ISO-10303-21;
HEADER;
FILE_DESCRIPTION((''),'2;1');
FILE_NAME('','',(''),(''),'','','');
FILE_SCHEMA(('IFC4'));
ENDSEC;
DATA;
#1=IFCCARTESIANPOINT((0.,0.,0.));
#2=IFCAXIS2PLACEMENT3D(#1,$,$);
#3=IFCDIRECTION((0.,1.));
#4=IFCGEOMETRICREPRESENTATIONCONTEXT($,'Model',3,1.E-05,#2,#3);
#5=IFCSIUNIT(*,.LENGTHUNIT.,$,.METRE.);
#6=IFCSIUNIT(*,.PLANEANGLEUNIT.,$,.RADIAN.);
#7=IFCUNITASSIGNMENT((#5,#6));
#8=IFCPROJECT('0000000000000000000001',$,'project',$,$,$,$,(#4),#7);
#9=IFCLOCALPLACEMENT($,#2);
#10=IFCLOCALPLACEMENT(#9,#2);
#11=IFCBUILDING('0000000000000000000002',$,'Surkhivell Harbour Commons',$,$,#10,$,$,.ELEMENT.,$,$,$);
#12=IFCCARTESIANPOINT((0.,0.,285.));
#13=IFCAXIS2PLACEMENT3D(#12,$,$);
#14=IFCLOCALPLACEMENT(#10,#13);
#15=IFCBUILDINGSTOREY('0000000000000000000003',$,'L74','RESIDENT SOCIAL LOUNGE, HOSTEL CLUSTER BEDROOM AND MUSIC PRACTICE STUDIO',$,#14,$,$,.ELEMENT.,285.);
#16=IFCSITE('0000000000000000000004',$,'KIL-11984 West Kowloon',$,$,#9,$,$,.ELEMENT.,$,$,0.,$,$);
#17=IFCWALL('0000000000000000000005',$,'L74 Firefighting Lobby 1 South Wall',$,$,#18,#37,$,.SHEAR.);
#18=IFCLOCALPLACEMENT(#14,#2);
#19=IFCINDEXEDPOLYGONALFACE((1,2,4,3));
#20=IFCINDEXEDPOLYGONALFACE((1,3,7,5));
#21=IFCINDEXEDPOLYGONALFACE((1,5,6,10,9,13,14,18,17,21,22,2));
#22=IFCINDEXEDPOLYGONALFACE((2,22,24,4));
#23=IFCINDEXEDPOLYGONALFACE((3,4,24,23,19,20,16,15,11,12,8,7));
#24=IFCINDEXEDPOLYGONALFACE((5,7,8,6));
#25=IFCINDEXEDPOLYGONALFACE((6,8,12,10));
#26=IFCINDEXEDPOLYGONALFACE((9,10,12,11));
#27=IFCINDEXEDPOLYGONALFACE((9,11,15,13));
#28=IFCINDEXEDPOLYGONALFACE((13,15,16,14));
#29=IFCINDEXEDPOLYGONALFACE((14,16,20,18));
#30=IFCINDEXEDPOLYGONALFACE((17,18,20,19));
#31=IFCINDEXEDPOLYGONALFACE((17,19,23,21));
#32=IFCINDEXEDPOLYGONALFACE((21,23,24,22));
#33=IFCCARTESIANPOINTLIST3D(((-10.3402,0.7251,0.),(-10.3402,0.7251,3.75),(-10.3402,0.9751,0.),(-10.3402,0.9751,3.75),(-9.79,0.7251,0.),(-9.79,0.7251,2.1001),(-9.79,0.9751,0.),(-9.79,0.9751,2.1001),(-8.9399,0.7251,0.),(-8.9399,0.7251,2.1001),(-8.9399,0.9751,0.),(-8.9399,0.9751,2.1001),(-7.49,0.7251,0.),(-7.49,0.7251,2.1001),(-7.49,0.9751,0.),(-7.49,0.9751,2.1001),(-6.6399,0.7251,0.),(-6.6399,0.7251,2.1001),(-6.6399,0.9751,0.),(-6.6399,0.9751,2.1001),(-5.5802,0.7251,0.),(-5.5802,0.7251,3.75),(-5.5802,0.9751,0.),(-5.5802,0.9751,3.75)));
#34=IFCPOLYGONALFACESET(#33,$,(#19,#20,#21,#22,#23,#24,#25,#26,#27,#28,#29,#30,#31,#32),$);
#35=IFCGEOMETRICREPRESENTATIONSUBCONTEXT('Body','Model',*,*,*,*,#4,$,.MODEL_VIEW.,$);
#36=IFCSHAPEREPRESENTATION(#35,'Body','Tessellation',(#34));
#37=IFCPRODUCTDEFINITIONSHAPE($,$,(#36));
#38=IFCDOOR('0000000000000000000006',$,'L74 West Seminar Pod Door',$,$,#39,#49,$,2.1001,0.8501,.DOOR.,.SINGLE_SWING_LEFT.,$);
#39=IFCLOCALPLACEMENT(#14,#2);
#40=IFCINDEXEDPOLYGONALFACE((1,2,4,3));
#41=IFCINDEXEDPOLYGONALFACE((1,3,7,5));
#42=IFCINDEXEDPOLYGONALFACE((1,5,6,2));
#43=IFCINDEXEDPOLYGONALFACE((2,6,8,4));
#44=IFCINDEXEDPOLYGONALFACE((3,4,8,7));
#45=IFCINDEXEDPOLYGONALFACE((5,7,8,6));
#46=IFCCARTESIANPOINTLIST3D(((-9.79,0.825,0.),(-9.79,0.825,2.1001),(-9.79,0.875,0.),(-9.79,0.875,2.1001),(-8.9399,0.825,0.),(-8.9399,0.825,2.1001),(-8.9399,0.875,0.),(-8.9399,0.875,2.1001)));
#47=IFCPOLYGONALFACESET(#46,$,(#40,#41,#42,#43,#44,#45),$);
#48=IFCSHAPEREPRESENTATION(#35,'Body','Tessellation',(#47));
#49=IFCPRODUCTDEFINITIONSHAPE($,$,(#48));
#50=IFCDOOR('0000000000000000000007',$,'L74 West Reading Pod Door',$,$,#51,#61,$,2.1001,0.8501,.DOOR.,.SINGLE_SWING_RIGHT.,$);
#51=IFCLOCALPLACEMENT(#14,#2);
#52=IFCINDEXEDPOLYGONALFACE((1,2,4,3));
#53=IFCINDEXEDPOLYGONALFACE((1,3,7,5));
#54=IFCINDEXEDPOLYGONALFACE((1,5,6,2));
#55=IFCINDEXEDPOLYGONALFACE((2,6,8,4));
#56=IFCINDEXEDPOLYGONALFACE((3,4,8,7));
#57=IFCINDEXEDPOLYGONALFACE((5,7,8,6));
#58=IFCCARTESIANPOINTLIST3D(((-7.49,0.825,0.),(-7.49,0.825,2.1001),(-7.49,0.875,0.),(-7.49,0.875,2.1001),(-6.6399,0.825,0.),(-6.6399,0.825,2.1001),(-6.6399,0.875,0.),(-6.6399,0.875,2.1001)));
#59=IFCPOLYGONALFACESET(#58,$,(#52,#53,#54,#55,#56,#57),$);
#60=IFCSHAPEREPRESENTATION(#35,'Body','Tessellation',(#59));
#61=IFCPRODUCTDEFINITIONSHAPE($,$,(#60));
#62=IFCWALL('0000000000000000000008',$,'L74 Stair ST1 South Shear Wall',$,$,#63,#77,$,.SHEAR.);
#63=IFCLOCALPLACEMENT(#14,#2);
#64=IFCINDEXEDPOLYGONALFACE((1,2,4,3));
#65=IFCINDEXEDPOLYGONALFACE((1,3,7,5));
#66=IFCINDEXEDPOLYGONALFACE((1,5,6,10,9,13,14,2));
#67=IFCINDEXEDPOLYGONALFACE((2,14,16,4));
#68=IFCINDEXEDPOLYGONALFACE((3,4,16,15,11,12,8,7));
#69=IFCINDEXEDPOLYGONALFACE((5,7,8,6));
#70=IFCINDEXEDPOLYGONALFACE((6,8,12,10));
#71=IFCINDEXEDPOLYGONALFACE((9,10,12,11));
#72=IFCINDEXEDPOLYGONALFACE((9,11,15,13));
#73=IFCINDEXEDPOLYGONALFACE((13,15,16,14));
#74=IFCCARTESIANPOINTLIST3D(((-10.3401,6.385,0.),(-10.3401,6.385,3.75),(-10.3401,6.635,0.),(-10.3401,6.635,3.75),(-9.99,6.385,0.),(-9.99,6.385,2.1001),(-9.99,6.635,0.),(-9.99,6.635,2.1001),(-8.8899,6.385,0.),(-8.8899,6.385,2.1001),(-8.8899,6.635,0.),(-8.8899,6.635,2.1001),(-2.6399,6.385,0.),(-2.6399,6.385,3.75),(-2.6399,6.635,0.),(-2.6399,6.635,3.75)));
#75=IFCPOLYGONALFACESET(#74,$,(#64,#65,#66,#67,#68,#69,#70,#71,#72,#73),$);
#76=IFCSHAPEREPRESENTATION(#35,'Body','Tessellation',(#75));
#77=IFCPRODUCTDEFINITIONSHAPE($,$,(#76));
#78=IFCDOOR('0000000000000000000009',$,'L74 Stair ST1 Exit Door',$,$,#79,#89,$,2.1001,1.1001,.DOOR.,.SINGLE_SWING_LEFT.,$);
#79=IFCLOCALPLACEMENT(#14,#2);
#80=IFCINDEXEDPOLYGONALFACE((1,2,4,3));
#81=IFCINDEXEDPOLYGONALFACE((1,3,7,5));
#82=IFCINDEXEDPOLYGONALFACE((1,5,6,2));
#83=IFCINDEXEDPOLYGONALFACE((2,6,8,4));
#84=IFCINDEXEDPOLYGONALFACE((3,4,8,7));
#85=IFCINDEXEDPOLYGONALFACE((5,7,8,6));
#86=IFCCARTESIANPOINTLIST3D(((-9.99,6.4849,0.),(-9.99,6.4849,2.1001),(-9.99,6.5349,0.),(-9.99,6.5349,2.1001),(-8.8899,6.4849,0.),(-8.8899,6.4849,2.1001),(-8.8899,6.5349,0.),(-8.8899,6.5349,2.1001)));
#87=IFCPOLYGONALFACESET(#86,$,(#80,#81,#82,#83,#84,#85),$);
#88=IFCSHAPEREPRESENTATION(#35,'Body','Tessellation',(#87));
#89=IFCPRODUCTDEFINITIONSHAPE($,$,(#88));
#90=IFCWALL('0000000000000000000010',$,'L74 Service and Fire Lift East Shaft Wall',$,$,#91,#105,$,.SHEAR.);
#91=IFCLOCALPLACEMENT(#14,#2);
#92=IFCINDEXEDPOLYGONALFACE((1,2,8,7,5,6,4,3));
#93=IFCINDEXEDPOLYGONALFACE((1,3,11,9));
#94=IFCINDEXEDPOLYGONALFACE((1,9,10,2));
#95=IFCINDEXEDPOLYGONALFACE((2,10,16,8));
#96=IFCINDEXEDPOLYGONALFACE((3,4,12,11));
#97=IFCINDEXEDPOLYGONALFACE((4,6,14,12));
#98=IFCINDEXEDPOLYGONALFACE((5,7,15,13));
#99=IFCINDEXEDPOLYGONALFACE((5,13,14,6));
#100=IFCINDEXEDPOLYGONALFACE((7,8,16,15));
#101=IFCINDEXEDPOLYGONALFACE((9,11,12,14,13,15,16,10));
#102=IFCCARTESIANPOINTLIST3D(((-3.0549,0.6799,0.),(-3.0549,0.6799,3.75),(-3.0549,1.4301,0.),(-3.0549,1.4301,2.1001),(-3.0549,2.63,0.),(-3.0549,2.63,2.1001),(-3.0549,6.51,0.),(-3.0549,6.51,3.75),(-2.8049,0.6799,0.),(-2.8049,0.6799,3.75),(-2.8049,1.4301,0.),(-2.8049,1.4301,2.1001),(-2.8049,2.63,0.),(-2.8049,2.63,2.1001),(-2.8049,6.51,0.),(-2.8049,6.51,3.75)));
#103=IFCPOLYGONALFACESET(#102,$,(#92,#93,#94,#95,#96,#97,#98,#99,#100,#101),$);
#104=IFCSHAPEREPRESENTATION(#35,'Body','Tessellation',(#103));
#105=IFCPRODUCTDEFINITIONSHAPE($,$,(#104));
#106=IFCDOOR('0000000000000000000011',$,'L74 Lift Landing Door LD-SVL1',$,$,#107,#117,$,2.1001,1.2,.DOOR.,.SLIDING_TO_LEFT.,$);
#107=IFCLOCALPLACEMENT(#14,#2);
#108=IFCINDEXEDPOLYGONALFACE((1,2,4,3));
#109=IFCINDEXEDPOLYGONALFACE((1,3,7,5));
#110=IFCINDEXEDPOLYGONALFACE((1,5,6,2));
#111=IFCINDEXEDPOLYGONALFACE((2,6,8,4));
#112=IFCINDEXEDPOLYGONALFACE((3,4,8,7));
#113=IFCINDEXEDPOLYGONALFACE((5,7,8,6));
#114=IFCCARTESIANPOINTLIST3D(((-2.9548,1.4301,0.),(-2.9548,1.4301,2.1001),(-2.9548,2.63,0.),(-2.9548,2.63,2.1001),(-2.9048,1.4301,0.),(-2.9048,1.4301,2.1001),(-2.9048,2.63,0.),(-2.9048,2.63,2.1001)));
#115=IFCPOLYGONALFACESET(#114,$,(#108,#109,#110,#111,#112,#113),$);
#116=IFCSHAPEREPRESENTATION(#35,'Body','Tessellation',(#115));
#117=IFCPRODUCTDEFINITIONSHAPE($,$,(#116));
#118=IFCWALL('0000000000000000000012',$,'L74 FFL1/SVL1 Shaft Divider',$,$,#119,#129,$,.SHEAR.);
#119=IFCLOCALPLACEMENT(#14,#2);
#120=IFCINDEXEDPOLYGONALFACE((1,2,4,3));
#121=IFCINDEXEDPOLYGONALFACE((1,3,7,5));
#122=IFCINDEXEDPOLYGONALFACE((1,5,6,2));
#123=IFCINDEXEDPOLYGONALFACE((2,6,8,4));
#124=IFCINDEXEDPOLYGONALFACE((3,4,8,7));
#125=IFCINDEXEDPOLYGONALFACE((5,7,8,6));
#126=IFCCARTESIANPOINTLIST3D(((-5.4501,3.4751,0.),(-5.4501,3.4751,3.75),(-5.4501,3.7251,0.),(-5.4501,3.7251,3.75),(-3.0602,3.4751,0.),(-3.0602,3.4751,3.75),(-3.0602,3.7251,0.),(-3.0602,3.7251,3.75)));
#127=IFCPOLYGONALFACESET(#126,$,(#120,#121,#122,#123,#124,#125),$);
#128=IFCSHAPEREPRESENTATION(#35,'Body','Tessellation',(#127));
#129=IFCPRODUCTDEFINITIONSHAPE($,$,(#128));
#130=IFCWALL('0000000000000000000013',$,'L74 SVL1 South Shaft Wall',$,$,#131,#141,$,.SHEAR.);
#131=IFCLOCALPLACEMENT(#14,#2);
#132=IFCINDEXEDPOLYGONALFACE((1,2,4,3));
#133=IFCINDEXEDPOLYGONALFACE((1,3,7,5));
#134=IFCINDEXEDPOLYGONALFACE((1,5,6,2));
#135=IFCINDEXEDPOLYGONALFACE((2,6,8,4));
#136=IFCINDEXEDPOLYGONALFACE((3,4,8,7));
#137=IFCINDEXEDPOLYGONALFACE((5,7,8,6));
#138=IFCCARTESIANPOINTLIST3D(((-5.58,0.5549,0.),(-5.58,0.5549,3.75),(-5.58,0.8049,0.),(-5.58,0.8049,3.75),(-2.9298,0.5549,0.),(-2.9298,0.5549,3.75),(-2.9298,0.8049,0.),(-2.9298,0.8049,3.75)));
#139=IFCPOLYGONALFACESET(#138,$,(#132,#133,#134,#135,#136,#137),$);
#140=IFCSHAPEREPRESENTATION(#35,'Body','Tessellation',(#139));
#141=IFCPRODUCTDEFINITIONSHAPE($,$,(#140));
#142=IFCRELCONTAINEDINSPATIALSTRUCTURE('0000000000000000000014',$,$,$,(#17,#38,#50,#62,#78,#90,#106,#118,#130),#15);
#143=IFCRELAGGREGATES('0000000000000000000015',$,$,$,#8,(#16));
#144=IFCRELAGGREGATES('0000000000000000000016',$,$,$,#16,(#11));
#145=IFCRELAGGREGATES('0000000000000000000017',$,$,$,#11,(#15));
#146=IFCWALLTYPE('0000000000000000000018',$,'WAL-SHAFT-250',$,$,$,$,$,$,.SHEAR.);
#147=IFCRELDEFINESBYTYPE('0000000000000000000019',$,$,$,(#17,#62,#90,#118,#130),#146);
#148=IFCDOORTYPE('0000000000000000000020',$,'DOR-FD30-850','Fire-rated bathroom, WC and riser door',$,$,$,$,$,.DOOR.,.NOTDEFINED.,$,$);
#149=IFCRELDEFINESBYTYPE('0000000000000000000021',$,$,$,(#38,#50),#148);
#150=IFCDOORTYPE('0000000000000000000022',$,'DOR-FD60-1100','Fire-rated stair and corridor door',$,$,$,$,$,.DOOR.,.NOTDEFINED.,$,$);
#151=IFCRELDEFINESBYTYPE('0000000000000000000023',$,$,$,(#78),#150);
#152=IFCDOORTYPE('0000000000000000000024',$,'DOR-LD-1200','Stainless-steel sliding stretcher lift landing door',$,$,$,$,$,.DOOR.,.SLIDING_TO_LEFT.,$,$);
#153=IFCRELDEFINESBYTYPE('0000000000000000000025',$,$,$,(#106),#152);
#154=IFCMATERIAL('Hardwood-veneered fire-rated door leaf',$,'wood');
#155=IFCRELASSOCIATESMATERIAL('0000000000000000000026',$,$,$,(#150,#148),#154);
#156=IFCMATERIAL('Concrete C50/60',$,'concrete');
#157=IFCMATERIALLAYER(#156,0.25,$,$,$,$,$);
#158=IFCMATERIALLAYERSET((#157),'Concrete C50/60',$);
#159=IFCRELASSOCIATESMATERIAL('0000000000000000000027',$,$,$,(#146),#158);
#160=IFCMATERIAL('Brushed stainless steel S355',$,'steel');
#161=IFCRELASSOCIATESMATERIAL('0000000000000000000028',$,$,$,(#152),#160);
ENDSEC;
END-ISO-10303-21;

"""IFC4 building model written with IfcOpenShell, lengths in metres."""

from ifc_helpers import new_model, si_unit, direction, frame, frame_2d, origin, place, context, subcontext, project, spatial, rectangle, extrude, material, layer, layer_set, type_object, element, fill, save


model = new_model("IFC4")

# Units and contexts
model_context = context("Model", 3, precision=1e-05, world=origin(), true_north=direction((0.0, 1.0)))
body_context = subcontext(model_context, "Body", "Model", "MODEL_VIEW")
ifc_project = project(units=[si_unit("LENGTHUNIT", "METRE"), si_unit("PLANEANGLEUNIT", "RADIAN")], contexts=[model_context])

# Site, building, storey
site_placement = place(None, origin())
site = spatial("IfcSite", under=ifc_project, at=site_placement, Name="KIL-11984 West Kowloon", CompositionType="ELEMENT", RefElevation=0.0)
building_placement = place(site_placement, origin())
building = spatial("IfcBuilding", under=site, at=building_placement, Name="Surkhivell Harbour Commons", CompositionType="ELEMENT")
storey_placement = place(building_placement, frame((0.0, 0.0, 285.0)))
storey = spatial("IfcBuildingStorey", under=building, at=storey_placement, Name="L74", Description="RESIDENT SOCIAL LOUNGE, HOSTEL CLUSTER BEDROOM AND MUSIC PRACTICE STUDIO", CompositionType="ELEMENT", Elevation=285.0)

# Shared definitions
ifc_material_1 = material(Name="Concrete C50/60", Category="concrete")

# Shared definitions
ifc_material_2 = material(Name="Hardwood-veneered fire-rated door leaf", Category="wood")
door_type_1 = type_object("IfcDoorType", Name="DOR-FD60-1100", Description="Fire-rated stair and corridor door", OperationType="NOTDEFINED", PredefinedType="DOOR", material=ifc_material_2)

# Shared definitions
ifc_layer_1 = layer(ifc_material_1, 0.25)
ifc_layer_set_1 = layer_set([ifc_layer_1], Name="Concrete C50/60")
wall_type_1 = type_object("IfcWallType", Name="WAL-SHAFT-250", PredefinedType="SHEAR", material=ifc_layer_set_1)
ifc_material_3 = material(Name="Brushed stainless steel S355", Category="steel")

# Wall, openings, doors
wall_1_placement = place(storey_placement, frame((-10.3401, 0.8501, 0.0), z_axis=(0.0, 0.0, 1.0), x_axis=(1.0, 0.0, 0.0)))
wall_1 = element("IfcWall", 1, at=wall_1_placement, inside=storey, type_object=wall_type_1, Name="L74 Firefighting Lobby 1 South Wall", PredefinedType="SHEAR", context=body_context, shape_type="SweptSolid", body=[
    extrude(rectangle(XDim=4.76, YDim=0.25, at=frame_2d((2.3799, 0.0))), origin(), (0.0, 0.0, 1.0), 3.75),
])
opening_1_placement = place(wall_1_placement, frame((0.55, 0.0, 0.0)))
opening_1 = element("IfcOpeningElement", 2, at=opening_1_placement, cuts=wall_1, PredefinedType="OPENING", context=body_context, shape_type="SweptSolid", body=[
    extrude(rectangle(XDim=0.8501, YDim=2.1001, at=frame_2d((0.425, 1.05))), frame((0.0, 0.135, 0.0), z_axis=(0.0, -1.0, 0.0), x_axis=(1.0, 0.0, 0.0)), (0.0, 0.0, 1.0), 0.27),
])
opening_2_placement = place(wall_1_placement, frame((2.8501, 0.0, 0.0)))
opening_2 = element("IfcOpeningElement", 3, at=opening_2_placement, cuts=wall_1, PredefinedType="OPENING", context=body_context, shape_type="SweptSolid", body=[
    extrude(rectangle(XDim=0.8501, YDim=2.1001, at=frame_2d((0.425, 1.05))), frame((0.0, 0.135, 0.0), z_axis=(0.0, -1.0, 0.0), x_axis=(1.0, 0.0, 0.0)), (0.0, 0.0, 1.0), 0.27),
])
door_type_2 = type_object("IfcDoorType", Name="DOR-FD30-850", Description="Fire-rated bathroom, WC and riser door", OperationType="NOTDEFINED", PredefinedType="DOOR", material=ifc_material_2)
door_1_placement = place(opening_1_placement, origin())
door_1 = element("IfcDoor", 4, at=door_1_placement, inside=storey, type_object=door_type_2, Name="L74 West Seminar Pod Door", OperationType="SINGLE_SWING_LEFT", OverallHeight=2.1001, OverallWidth=0.8501, PredefinedType="DOOR", context=body_context, shape_type="SweptSolid", body=[
    extrude(rectangle(XDim=0.8501, YDim=2.1001, at=frame_2d((0.425, 1.05))), frame((0.0, 0.0249, 0.0), z_axis=(0.0, -1.0, 0.0), x_axis=(1.0, 0.0, 0.0)), (0.0, 0.0, 1.0), 0.05),
])
fill(opening_1, door_1)
door_2_placement = place(opening_2_placement, origin())
door_2 = element("IfcDoor", 5, at=door_2_placement, inside=storey, type_object=door_type_2, Name="L74 West Reading Pod Door", OperationType="SINGLE_SWING_RIGHT", OverallHeight=2.1001, OverallWidth=0.8501, PredefinedType="DOOR", context=body_context, shape_type="SweptSolid", body=[
    extrude(rectangle(XDim=0.8501, YDim=2.1001, at=frame_2d((0.425, 1.05))), frame((0.0, 0.0249, 0.0), z_axis=(0.0, -1.0, 0.0), x_axis=(1.0, 0.0, 0.0)), (0.0, 0.0, 1.0), 0.05),
])
fill(opening_2, door_2)

# Walls, openings, doors
wall_2_placement = place(storey_placement, frame((-10.3401, 6.51, 0.0), z_axis=(0.0, 0.0, 1.0), x_axis=(1.0, 0.0, 0.0)))
wall_2 = element("IfcWall", 6, at=wall_2_placement, inside=storey, type_object=wall_type_1, Name="L74 Stair ST1 South Shear Wall", PredefinedType="SHEAR", context=body_context, shape_type="SweptSolid", body=[
    extrude(rectangle(XDim=7.7002, YDim=0.25, at=frame_2d((3.8501, 0.0))), origin(), (0.0, 0.0, 1.0), 3.75),
])
opening_3_placement = place(wall_2_placement, frame((0.3501, 0.0, 0.0)))
opening_3 = element("IfcOpeningElement", 7, at=opening_3_placement, cuts=wall_2, PredefinedType="OPENING", context=body_context, shape_type="SweptSolid", body=[
    extrude(rectangle(XDim=1.1001, YDim=2.1001, at=frame_2d((0.55, 1.05))), frame((0.0, 0.135, 0.0), z_axis=(0.0, -1.0, 0.0), x_axis=(1.0, 0.0, 0.0)), (0.0, 0.0, 1.0), 0.27),
])
door_3_placement = place(opening_3_placement, origin())
door_3 = element("IfcDoor", 8, at=door_3_placement, inside=storey, type_object=door_type_1, Name="L74 Stair ST1 Exit Door", OperationType="SINGLE_SWING_LEFT", OverallHeight=2.1001, OverallWidth=1.1001, PredefinedType="DOOR", context=body_context, shape_type="SweptSolid", body=[
    extrude(rectangle(XDim=1.1001, YDim=2.1001, at=frame_2d((0.55, 1.05))), frame((0.0, 0.0249, 0.0), z_axis=(0.0, -1.0, 0.0), x_axis=(1.0, 0.0, 0.0)), (0.0, 0.0, 1.0), 0.05),
])
fill(opening_3, door_3)
wall_3_placement = place(storey_placement, frame((-2.9299, 0.6799, 0.0), z_axis=(0.0, 0.0, 1.0), x_axis=(0.0, 1.0, 0.0)))
wall_3 = element("IfcWall", 9, at=wall_3_placement, inside=storey, type_object=wall_type_1, Name="L74 Service and Fire Lift East Shaft Wall", PredefinedType="SHEAR", context=body_context, shape_type="SweptSolid", body=[
    extrude(rectangle(XDim=5.8301, YDim=0.25, at=frame_2d((2.915, 0.0))), origin(), (0.0, 0.0, 1.0), 3.75),
])
opening_4_placement = place(wall_3_placement, frame((0.75, 0.0, 0.0)))
opening_4 = element("IfcOpeningElement", 10, at=opening_4_placement, cuts=wall_3, PredefinedType="OPENING", context=body_context, shape_type="SweptSolid", body=[
    extrude(rectangle(XDim=1.2, YDim=2.1001, at=frame_2d((0.6001, 1.05))), frame((0.0, 0.135, 0.0), z_axis=(0.0, -1.0, 0.0), x_axis=(1.0, 0.0, 0.0)), (0.0, 0.0, 1.0), 0.27),
])
door_type_3 = type_object("IfcDoorType", Name="DOR-LD-1200", Description="Stainless-steel sliding stretcher lift landing door", OperationType="SLIDING_TO_LEFT", PredefinedType="DOOR", material=ifc_material_3)
door_4_placement = place(opening_4_placement, origin())
door_4 = element("IfcDoor", 11, at=door_4_placement, inside=storey, type_object=door_type_3, Name="L74 Lift Landing Door LD-SVL1", OperationType="SLIDING_TO_LEFT", OverallHeight=2.1001, OverallWidth=1.2, PredefinedType="DOOR", context=body_context, shape_type="SweptSolid", body=[
    extrude(rectangle(XDim=1.2, YDim=2.1001, at=frame_2d((0.6001, 1.05))), frame((0.0, 0.0249, 0.0), z_axis=(0.0, -1.0, 0.0), x_axis=(1.0, 0.0, 0.0)), (0.0, 0.0, 1.0), 0.05),
])
fill(opening_4, door_4)

# Walls
wall_4_placement = place(storey_placement, frame((-5.45, 3.6001, 0.0), z_axis=(0.0, 0.0, 1.0), x_axis=(1.0, 0.0, 0.0)))
element("IfcWall", 12, at=wall_4_placement, inside=storey, type_object=wall_type_1, Name="L74 FFL1/SVL1 Shaft Divider", PredefinedType="SHEAR", context=body_context, shape_type="SweptSolid", body=[
    extrude(rectangle(XDim=2.3899, YDim=0.25, at=frame_2d((1.1948, 0.0))), origin(), (0.0, 0.0, 1.0), 3.75),
])
wall_5_placement = place(storey_placement, frame((-5.5801, 0.6799, 0.0), z_axis=(0.0, 0.0, 1.0), x_axis=(1.0, 0.0, 0.0)))
element("IfcWall", 13, at=wall_5_placement, inside=storey, type_object=wall_type_1, Name="L74 SVL1 South Shaft Wall", PredefinedType="SHEAR", context=body_context, shape_type="SweptSolid", body=[
    extrude(rectangle(XDim=2.6501, YDim=0.25, at=frame_2d((1.3252, 0.0))), origin(), (0.0, 0.0, 1.0), 3.75),
])

save(model, "model.ifc")
